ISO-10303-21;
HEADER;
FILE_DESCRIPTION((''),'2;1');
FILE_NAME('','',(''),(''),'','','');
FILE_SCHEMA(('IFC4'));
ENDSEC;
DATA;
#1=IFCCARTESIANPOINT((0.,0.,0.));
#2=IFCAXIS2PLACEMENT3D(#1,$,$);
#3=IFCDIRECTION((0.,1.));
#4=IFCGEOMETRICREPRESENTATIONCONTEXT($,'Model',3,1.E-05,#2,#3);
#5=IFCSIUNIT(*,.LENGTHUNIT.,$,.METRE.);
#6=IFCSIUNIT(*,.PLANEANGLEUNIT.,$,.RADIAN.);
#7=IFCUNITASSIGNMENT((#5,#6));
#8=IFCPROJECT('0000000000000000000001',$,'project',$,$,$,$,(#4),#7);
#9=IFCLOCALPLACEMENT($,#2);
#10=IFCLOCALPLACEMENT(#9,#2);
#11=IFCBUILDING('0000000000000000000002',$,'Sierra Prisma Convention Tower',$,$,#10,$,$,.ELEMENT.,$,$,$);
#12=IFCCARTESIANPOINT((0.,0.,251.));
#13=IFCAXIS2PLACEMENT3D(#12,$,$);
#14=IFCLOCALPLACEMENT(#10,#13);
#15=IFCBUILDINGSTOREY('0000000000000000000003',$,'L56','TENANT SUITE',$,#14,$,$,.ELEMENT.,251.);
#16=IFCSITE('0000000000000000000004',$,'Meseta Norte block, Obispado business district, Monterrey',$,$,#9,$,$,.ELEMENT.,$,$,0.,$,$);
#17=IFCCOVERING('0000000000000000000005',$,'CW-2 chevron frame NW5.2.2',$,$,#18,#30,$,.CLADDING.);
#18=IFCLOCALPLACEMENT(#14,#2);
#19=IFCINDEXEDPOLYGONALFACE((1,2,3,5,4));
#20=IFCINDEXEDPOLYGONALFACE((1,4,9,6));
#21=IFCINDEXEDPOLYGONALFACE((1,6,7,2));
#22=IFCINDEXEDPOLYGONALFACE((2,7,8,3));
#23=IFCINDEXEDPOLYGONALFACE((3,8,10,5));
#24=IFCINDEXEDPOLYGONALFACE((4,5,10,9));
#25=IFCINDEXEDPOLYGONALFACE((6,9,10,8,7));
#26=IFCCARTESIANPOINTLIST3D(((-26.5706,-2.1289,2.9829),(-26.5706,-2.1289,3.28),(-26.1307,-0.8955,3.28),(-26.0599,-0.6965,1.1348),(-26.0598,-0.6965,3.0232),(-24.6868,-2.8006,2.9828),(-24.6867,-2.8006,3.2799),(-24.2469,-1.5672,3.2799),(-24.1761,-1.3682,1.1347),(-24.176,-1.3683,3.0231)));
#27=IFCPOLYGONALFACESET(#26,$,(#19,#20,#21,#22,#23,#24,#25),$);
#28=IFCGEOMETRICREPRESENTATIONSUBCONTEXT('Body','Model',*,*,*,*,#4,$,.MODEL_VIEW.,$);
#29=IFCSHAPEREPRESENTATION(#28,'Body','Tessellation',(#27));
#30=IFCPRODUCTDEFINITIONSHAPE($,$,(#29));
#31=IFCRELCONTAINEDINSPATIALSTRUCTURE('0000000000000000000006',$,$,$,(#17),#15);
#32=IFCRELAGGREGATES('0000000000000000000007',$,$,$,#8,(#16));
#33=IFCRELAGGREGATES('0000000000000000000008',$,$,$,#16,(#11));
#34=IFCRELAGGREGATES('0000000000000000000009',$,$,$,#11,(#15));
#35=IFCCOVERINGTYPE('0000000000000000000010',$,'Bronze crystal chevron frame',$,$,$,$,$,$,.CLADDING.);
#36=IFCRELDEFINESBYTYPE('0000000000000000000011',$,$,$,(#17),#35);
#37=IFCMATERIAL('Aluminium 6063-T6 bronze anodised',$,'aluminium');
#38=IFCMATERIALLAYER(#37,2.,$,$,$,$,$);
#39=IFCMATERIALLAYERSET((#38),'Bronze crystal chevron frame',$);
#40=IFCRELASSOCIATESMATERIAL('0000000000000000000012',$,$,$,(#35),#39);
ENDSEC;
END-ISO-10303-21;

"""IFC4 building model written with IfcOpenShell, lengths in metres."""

from ifc_helpers import new_model, si_unit, direction, frame, origin, place, context, subcontext, project, spatial, polyline, outline, extrude, material, layer, layer_set, type_object, element, save


model = new_model("IFC4")

# Units and contexts
model_context = context("Model", 3, precision=1e-05, world=origin(), true_north=direction((0.0, 1.0)))
body_context = subcontext(model_context, "Body", "Model", "MODEL_VIEW")
ifc_project = project(units=[si_unit("LENGTHUNIT", "METRE"), si_unit("PLANEANGLEUNIT", "RADIAN")], contexts=[model_context])

# Site, building, storey
site_placement = place(None, origin())
site = spatial("IfcSite", under=ifc_project, at=site_placement, Name="Meseta Norte block, Obispado business district, Monterrey", CompositionType="ELEMENT", RefElevation=0.0)
building_placement = place(site_placement, origin())
building = spatial("IfcBuilding", under=site, at=building_placement, Name="Sierra Prisma Convention Tower", CompositionType="ELEMENT")
storey_placement = place(building_placement, frame((0.0, 0.0, 251.0)))
storey = spatial("IfcBuildingStorey", under=building, at=storey_placement, Name="L56", Description="TENANT SUITE", CompositionType="ELEMENT", Elevation=251.0)

# Covering
ifc_material_1 = material(Name="Aluminium 6063-T6 bronze anodised", Category="aluminium")
ifc_layer_1 = layer(ifc_material_1, 2.0)
ifc_layer_set_1 = layer_set([ifc_layer_1], Name="Bronze crystal chevron frame")
covering_type = type_object("IfcCoveringType", Name="Bronze crystal chevron frame", PredefinedType="CLADDING", material=ifc_layer_set_1)
covering_1_placement = place(storey_placement, frame((-26.5706, -2.1289, 3.28), z_axis=(-0.941909, 0.335868, 0.000058), x_axis=(0.335868, 0.941909, 0.0)))
element("IfcCovering", 1, at=covering_1_placement, inside=storey, type_object=covering_type, Name="CW-2 chevron frame NW5.2.2", PredefinedType="CLADDING", context=body_context, shape_type="SweptSolid", body=[
    extrude(outline(polyline([(0.0, 0.0), (1.3095, 0.0), (1.5207, 0.2568), (1.5207, 2.1453), (0.0, 0.2971), (0.0, 0.0)])), origin(), (0.0, 0.0, -1.0), 2.0),
])

save(model, "model.ifc")
